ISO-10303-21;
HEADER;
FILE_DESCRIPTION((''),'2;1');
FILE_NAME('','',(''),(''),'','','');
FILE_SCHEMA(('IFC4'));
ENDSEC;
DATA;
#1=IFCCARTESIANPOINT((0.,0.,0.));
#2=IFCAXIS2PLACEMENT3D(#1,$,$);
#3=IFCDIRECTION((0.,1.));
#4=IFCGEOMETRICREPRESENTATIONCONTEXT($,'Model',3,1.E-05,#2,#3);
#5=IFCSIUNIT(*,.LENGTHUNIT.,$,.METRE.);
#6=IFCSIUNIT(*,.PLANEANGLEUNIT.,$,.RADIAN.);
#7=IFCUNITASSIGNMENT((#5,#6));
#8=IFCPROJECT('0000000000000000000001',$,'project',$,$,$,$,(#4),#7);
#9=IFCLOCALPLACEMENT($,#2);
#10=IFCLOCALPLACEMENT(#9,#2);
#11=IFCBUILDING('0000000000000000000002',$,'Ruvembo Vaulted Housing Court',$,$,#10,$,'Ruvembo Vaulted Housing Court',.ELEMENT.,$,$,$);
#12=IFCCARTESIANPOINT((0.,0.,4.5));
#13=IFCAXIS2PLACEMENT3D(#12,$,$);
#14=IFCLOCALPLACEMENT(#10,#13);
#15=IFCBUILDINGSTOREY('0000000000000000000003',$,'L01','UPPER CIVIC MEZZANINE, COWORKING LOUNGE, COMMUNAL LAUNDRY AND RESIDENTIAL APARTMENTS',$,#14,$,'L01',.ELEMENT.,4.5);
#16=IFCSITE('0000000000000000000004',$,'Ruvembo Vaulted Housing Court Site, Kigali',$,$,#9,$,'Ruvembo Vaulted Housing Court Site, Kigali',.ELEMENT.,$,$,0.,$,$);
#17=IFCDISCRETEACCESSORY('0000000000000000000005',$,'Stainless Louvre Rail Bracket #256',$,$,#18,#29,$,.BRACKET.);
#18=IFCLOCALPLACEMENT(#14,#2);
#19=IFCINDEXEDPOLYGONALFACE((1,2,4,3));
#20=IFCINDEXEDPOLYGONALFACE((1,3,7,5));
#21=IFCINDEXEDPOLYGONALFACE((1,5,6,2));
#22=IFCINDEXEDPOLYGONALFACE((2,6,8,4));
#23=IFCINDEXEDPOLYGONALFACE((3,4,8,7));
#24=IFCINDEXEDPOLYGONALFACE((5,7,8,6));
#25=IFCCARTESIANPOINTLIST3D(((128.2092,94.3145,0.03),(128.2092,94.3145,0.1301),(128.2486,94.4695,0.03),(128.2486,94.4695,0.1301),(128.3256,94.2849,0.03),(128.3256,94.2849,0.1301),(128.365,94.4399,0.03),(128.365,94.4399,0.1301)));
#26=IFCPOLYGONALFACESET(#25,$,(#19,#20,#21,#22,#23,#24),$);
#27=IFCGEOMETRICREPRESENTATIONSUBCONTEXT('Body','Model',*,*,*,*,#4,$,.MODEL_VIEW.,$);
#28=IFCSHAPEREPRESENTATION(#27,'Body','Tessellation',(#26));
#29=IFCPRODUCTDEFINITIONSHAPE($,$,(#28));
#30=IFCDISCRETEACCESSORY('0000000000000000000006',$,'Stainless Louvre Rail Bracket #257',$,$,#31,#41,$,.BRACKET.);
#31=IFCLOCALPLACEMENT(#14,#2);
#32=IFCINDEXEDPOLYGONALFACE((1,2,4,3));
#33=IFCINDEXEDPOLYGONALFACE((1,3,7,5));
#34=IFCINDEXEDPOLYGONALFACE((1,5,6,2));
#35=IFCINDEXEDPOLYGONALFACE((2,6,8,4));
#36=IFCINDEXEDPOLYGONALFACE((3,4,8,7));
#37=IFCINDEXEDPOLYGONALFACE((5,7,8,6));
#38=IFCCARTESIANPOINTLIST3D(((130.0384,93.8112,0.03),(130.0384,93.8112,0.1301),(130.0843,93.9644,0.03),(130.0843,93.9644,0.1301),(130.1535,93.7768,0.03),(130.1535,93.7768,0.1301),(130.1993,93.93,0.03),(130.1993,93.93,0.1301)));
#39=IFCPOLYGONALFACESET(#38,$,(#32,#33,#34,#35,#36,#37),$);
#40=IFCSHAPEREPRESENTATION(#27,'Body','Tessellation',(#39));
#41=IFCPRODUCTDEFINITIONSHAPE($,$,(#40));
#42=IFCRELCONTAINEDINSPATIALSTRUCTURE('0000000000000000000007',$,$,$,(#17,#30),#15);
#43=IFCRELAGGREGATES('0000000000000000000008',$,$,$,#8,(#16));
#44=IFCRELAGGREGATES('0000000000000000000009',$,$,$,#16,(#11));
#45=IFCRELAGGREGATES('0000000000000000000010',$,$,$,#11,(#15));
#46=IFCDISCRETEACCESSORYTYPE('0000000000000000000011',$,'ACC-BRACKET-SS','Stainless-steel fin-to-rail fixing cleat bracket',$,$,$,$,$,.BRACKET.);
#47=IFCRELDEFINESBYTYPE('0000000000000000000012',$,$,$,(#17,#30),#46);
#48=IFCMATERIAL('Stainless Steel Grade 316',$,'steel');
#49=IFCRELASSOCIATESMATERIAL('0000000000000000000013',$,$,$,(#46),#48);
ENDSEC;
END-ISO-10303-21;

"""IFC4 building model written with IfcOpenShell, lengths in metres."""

from ifc_helpers import new_model, si_unit, direction, frame, origin, origin_2d, place, context, subcontext, project, spatial, rectangle, extrude, material, type_object, element, save


model = new_model("IFC4")

# Units and contexts
model_context = context("Model", 3, precision=1e-05, world=origin(), true_north=direction((0.0, 1.0)))
body_context = subcontext(model_context, "Body", "Model", "MODEL_VIEW")
ifc_project = project(units=[si_unit("LENGTHUNIT", "METRE"), si_unit("PLANEANGLEUNIT", "RADIAN")], contexts=[model_context])

# Site, building, storey
site_placement = place(None, origin())
site = spatial("IfcSite", under=ifc_project, at=site_placement, Name="Ruvembo Vaulted Housing Court Site, Kigali", LongName="Ruvembo Vaulted Housing Court Site, Kigali", CompositionType="ELEMENT", RefElevation=0.0)
building_placement = place(site_placement, origin())
building = spatial("IfcBuilding", under=site, at=building_placement, Name="Ruvembo Vaulted Housing Court", LongName="Ruvembo Vaulted Housing Court", CompositionType="ELEMENT")
storey_placement = place(building_placement, frame((0.0, 0.0, 4.5)))
storey = spatial("IfcBuildingStorey", under=building, at=storey_placement, Name="L01", Description="UPPER CIVIC MEZZANINE, COWORKING LOUNGE, COMMUNAL LAUNDRY AND RESIDENTIAL APARTMENTS", LongName="L01", CompositionType="ELEMENT", Elevation=4.5)

# Discrete accessories
ifc_material_1 = material(Name="Stainless Steel Grade 316", Category="steel")
discrete_accessory_type = type_object("IfcDiscreteAccessoryType", Name="ACC-BRACKET-SS", Description="Stainless-steel fin-to-rail fixing cleat bracket", PredefinedType="BRACKET", material=ifc_material_1)
for number, where, z_axis, x_axis, name in (
    (1, (128.2871, 94.3772, 0.03), (0.0, 0.0, 1.0), (-0.246492, -0.969145, 0.0), "Stainless Louvre Rail Bracket #256"),
    (2, (130.1189, 93.8706, 0.03), (0.0, 0.0, 1.0), (-0.286491, -0.958083, 0.0), "Stainless Louvre Rail Bracket #257"),
):
    element("IfcDiscreteAccessory", number, at=place(storey_placement, frame(where, z_axis=z_axis, x_axis=x_axis)), inside=storey, type_object=discrete_accessory_type, Name=name, PredefinedType="BRACKET", context=body_context, shape_type="SweptSolid", body=[
        extrude(rectangle(XDim=0.1599, YDim=0.1201, at=origin_2d()), origin(), (0.0, 0.0, 1.0), 0.1001),
    ])

save(model, "model.ifc")
